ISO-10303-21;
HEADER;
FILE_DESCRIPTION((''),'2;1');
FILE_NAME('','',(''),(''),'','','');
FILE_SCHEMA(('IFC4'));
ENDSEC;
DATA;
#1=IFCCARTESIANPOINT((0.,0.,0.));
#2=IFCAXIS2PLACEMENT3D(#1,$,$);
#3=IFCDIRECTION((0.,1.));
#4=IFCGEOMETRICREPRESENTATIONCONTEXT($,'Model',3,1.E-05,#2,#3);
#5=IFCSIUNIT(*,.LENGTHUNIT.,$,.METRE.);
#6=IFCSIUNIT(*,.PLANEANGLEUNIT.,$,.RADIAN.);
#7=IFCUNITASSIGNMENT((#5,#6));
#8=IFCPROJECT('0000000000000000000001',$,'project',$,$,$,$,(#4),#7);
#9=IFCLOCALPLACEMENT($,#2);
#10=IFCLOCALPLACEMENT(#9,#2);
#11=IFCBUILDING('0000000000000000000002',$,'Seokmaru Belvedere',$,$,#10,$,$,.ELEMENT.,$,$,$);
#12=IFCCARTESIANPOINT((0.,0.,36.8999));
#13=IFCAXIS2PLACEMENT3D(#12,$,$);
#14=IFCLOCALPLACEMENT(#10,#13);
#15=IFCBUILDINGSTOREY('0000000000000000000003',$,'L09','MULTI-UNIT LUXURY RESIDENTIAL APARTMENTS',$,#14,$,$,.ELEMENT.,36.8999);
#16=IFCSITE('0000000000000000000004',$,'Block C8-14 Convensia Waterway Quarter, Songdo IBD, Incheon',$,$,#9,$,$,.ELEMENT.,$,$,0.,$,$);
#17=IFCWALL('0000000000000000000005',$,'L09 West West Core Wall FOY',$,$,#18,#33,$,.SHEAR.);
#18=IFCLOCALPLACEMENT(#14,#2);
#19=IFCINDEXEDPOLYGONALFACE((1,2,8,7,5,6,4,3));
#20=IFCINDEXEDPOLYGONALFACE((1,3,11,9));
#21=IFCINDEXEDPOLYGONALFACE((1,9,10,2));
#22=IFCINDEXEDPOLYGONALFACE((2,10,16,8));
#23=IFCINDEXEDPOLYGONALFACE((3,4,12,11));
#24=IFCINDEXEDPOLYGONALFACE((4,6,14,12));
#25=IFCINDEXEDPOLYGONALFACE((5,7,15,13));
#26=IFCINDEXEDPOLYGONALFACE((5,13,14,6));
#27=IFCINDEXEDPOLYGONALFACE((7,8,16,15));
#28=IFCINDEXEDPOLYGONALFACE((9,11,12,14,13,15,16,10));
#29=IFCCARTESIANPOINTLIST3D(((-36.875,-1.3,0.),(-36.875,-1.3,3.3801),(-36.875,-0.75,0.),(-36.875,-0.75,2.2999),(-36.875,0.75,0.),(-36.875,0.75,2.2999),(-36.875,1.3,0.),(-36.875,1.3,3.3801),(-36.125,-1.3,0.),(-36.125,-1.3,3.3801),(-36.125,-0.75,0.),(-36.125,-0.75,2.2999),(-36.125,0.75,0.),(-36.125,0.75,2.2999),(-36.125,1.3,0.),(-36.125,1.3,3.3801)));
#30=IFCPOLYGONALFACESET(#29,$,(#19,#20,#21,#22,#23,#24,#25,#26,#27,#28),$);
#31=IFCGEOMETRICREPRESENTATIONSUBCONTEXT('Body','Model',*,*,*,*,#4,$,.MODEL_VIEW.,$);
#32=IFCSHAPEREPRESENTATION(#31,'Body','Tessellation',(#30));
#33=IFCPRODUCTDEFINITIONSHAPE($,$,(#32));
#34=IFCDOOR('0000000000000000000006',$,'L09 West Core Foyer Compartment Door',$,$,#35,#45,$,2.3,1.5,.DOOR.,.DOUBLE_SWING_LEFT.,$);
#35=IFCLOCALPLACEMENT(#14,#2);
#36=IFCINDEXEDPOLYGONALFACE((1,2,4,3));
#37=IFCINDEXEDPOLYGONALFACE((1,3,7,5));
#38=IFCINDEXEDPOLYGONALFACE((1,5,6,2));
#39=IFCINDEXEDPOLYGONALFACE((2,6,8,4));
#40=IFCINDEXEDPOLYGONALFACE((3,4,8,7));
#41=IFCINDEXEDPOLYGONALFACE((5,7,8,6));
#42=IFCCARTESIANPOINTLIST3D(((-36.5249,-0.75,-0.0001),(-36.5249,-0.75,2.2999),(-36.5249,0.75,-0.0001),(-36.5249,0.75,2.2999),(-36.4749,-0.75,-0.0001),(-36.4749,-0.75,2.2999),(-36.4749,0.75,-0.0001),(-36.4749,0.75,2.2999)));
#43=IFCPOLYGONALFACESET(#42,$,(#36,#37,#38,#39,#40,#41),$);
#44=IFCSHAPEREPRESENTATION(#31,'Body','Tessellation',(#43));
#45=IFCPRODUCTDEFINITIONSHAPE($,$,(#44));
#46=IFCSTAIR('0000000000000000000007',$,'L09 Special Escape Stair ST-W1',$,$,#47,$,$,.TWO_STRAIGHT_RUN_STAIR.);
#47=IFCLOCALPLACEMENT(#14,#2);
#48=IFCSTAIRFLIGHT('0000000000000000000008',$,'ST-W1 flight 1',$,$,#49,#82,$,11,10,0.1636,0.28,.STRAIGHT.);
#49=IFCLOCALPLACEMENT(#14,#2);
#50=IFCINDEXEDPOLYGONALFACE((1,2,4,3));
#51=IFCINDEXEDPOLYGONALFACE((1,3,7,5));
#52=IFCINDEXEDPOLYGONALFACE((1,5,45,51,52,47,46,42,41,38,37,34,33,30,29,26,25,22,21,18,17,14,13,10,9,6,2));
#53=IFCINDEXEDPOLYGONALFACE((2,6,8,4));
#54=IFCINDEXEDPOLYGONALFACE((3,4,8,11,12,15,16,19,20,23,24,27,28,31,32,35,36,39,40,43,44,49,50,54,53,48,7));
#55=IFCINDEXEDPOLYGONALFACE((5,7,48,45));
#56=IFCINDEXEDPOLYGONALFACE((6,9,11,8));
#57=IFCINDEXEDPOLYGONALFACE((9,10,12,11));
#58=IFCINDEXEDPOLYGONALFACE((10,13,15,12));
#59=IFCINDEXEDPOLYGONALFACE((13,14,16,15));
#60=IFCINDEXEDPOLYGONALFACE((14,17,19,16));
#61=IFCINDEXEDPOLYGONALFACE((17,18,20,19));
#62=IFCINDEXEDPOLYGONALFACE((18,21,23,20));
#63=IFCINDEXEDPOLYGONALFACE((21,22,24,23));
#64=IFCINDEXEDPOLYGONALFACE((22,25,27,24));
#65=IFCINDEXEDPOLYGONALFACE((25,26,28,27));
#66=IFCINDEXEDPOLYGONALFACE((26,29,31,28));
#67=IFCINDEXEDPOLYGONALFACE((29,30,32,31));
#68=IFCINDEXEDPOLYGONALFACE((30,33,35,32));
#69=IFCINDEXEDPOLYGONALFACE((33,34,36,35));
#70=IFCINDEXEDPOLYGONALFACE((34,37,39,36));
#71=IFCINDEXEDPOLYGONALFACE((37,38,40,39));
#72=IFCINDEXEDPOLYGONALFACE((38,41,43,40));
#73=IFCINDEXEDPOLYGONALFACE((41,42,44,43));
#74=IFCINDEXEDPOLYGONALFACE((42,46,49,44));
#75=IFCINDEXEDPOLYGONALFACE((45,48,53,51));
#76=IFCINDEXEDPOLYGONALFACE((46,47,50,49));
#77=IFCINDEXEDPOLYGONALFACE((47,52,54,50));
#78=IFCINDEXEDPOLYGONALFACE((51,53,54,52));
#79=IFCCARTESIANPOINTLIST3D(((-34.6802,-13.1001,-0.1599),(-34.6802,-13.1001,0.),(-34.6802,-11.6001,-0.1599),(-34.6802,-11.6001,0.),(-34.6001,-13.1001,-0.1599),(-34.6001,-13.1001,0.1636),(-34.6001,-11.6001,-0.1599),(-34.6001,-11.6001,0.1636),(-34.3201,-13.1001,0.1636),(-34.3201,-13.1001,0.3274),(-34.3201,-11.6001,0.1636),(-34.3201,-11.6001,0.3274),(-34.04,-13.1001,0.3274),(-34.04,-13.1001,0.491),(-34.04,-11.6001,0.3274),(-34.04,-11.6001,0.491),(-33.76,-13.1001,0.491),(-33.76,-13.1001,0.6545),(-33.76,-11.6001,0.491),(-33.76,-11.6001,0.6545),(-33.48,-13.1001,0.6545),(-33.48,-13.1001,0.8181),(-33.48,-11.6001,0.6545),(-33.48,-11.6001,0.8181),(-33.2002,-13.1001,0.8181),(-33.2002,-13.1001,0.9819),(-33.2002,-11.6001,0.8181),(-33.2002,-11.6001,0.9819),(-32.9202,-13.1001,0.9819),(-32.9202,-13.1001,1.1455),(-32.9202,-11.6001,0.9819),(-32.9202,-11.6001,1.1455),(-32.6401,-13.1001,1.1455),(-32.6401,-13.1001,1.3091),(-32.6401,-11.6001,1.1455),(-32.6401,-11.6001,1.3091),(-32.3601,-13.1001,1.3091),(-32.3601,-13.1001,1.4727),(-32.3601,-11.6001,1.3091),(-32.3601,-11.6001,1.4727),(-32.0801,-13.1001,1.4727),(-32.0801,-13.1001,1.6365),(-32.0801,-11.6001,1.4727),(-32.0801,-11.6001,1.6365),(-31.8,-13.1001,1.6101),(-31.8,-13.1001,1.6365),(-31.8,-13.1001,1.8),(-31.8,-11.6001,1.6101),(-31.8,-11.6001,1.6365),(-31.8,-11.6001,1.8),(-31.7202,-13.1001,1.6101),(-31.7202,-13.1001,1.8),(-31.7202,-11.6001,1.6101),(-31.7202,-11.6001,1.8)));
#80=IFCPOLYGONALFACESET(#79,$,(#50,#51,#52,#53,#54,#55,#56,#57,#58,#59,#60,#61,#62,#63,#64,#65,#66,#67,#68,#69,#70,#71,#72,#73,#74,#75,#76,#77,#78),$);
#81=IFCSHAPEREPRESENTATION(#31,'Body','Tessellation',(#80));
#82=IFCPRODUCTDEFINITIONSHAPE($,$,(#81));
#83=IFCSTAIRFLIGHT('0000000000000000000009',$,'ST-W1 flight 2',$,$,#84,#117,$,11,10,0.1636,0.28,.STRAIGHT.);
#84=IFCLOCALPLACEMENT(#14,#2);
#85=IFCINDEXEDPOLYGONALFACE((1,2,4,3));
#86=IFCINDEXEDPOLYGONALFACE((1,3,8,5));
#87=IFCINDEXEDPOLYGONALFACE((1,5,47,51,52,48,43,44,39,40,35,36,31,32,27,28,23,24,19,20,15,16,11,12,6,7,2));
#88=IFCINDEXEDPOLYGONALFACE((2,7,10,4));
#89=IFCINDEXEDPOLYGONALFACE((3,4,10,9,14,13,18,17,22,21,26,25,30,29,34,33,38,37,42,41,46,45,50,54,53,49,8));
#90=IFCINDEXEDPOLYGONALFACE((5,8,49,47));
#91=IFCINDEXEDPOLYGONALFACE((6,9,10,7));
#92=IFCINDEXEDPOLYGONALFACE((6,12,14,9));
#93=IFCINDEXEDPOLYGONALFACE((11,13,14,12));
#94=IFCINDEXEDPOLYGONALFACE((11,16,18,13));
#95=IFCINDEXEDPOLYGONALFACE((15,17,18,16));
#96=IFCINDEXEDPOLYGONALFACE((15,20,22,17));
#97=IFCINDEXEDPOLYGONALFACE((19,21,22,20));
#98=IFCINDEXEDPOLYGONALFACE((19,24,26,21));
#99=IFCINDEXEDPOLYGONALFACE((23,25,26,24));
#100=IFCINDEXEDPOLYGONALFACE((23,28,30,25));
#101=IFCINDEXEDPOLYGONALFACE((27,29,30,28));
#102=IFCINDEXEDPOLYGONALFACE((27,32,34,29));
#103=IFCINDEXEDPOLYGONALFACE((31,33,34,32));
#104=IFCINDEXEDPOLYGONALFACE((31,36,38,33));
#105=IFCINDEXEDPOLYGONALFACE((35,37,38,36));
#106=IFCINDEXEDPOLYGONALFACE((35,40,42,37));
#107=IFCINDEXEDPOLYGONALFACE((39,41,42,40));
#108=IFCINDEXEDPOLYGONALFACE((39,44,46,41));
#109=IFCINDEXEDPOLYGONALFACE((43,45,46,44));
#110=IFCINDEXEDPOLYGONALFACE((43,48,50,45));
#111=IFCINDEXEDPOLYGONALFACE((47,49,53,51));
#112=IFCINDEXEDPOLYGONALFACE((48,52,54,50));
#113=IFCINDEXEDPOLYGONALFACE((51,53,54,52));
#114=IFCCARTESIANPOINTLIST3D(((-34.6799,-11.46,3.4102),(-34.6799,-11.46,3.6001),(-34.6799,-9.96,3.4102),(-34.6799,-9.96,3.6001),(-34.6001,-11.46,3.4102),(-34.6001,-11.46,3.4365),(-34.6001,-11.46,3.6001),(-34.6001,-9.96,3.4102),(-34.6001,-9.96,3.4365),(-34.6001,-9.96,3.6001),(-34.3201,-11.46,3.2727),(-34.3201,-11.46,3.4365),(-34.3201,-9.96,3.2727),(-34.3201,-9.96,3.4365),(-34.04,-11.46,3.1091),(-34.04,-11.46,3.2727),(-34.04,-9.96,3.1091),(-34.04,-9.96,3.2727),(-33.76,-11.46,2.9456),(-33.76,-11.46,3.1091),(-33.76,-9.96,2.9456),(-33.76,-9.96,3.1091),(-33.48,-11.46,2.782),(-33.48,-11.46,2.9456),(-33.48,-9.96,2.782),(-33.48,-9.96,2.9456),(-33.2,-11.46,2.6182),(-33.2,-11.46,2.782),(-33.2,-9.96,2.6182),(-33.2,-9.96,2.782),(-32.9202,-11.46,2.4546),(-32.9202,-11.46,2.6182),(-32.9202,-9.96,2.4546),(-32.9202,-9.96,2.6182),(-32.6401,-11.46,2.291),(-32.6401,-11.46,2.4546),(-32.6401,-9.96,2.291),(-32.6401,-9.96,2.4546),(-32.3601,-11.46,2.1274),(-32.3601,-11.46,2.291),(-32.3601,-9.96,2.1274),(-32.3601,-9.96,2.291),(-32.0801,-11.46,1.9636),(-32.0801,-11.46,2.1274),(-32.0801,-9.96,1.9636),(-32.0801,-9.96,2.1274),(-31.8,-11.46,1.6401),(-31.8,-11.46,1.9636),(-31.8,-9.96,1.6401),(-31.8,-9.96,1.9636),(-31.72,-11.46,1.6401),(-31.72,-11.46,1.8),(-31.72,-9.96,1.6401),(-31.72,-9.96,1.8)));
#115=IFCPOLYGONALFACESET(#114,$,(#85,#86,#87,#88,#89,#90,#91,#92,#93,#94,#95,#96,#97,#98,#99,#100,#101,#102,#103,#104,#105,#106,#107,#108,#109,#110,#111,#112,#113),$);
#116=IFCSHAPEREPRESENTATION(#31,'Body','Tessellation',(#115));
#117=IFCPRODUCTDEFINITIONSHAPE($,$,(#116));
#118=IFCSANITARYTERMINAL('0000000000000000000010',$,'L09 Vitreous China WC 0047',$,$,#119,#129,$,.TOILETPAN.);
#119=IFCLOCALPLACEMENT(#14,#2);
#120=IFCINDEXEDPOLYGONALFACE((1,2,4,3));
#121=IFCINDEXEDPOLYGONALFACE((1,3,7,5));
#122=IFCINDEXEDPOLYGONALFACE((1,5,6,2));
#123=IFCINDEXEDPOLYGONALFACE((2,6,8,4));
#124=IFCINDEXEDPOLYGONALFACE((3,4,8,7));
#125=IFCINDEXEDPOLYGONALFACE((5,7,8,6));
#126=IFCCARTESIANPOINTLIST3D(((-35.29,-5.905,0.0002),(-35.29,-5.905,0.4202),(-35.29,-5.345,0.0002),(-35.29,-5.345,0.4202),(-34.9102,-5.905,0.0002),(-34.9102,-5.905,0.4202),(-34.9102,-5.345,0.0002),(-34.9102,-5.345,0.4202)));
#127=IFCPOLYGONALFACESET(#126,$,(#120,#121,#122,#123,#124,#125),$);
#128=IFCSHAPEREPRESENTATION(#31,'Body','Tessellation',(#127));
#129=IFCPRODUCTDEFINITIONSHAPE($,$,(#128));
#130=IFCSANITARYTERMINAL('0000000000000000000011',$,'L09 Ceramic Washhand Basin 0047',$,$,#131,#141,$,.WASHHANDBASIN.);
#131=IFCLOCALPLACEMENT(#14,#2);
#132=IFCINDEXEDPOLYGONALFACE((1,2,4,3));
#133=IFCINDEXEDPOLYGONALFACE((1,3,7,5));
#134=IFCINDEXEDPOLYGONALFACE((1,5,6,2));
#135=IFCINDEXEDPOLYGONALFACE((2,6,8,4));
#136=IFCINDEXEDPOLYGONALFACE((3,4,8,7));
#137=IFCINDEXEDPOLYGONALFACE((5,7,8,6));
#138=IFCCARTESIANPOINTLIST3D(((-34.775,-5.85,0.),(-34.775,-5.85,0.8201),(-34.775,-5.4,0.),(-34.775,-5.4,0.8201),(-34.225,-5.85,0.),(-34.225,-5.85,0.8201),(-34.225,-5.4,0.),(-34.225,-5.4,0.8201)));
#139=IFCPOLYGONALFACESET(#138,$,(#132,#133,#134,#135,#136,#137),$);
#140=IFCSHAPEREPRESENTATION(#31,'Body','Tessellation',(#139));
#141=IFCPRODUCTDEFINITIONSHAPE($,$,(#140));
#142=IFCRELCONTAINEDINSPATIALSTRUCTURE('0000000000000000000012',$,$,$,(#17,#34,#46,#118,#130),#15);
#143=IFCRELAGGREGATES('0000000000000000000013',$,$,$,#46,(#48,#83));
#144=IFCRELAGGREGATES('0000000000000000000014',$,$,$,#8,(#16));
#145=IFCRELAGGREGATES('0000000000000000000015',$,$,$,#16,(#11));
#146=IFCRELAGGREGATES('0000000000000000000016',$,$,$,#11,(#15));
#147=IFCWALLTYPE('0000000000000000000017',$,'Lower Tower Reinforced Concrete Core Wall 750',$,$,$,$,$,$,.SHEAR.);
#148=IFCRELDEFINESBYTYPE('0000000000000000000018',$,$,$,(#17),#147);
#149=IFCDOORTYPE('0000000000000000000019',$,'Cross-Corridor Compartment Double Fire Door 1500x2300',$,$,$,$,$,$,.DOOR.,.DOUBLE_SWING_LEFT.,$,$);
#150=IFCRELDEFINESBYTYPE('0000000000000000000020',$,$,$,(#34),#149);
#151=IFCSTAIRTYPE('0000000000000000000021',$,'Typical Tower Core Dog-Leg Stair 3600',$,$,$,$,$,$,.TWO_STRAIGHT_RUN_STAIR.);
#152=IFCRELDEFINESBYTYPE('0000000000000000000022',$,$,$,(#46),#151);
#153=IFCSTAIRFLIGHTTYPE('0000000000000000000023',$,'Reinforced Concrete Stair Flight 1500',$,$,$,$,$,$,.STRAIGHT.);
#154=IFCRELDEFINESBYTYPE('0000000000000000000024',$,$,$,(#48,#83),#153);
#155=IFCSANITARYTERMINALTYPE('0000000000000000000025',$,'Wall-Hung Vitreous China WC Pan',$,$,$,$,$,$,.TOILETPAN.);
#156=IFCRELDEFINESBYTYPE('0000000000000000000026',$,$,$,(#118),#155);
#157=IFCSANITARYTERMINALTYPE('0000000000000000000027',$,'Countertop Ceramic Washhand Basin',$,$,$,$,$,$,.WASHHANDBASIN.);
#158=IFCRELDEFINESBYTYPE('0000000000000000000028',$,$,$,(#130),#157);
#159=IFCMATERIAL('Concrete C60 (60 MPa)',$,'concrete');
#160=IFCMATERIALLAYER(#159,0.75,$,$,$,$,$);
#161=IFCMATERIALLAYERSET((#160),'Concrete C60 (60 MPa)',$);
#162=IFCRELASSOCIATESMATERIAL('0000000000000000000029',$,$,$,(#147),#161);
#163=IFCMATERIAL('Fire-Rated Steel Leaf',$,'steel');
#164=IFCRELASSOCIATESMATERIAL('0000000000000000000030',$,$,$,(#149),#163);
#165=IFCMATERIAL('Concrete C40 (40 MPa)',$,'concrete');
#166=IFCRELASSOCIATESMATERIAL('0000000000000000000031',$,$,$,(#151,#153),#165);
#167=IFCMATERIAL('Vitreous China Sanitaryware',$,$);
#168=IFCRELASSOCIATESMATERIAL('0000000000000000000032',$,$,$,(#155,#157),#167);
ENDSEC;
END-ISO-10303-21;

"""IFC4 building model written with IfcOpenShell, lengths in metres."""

from ifc_helpers import new_model, si_unit, direction, frame, frame_2d, origin, origin_2d, place, context, subcontext, project, spatial, polyline, rectangle, outline, extrude, source, transform, mapped, material, layer, layer_set, type_object, type_shapes, element, fill, aggregate, save


model = new_model("IFC4")

# Units and contexts
model_context = context("Model", 3, precision=1e-05, world=origin(), true_north=direction((0.0, 1.0)))
body_context = subcontext(model_context, "Body", "Model", "MODEL_VIEW")
ifc_project = project(units=[si_unit("LENGTHUNIT", "METRE"), si_unit("PLANEANGLEUNIT", "RADIAN")], contexts=[model_context])

# Site, building, storey
site_placement = place(None, origin())
site = spatial("IfcSite", under=ifc_project, at=site_placement, Name="Block C8-14 Convensia Waterway Quarter, Songdo IBD, Incheon", CompositionType="ELEMENT", RefElevation=0.0)
building_placement = place(site_placement, origin())
building = spatial("IfcBuilding", under=site, at=building_placement, Name="Seokmaru Belvedere", CompositionType="ELEMENT")
storey_placement = place(building_placement, frame((0.0, 0.0, 36.8999)))
storey = spatial("IfcBuildingStorey", under=building, at=storey_placement, Name="L09", Description="MULTI-UNIT LUXURY RESIDENTIAL APARTMENTS", CompositionType="ELEMENT", Elevation=36.8999)

# Shared definitions
ifc_material_1 = material(Name="Fire-Rated Steel Leaf", Category="steel")

# Wall, opening, door
ifc_material_2 = material(Name="Concrete C60 (60 MPa)", Category="concrete")
ifc_layer_1 = layer(ifc_material_2, 0.75)
ifc_layer_set_1 = layer_set([ifc_layer_1], Name="Concrete C60 (60 MPa)")
wall_type_1 = type_object("IfcWallType", Name="Lower Tower Reinforced Concrete Core Wall 750", PredefinedType="SHEAR", material=ifc_layer_set_1)
wall_1_placement = place(storey_placement, frame((-36.5, -1.3, 0.0), z_axis=(0.0, 0.0, 1.0), x_axis=(0.0, 1.0, 0.0)))
wall_1 = element("IfcWall", 1, at=wall_1_placement, inside=storey, type_object=wall_type_1, Name="L09 West West Core Wall FOY", PredefinedType="SHEAR", context=body_context, shape_type="SweptSolid", body=[
    extrude(rectangle(XDim=2.6001, YDim=0.75, at=frame_2d((1.3, 0.0))), origin(), (0.0, 0.0, 1.0), 3.3801),
])
opening_1_placement = place(wall_1_placement, frame((0.55, 0.0, 0.0)))
opening_1 = element("IfcOpeningElement", 2, at=opening_1_placement, cuts=wall_1, PredefinedType="OPENING", context=body_context, shape_type="SweptSolid", body=[
    extrude(rectangle(XDim=1.5, YDim=2.3, at=frame_2d((0.75, 1.1499))), frame((0.0, 0.385, 0.0), z_axis=(0.0, -1.0, 0.0), x_axis=(1.0, 0.0, 0.0)), (0.0, 0.0, 1.0), 0.77),
])
door_type_1 = type_object("IfcDoorType", Name="Cross-Corridor Compartment Double Fire Door 1500x2300", OperationType="DOUBLE_SWING_LEFT", PredefinedType="DOOR", material=ifc_material_1)
shared_shape_1 = source(origin(), body_context, "Body", "SweptSolid", [
    extrude(rectangle(XDim=1.5, YDim=2.3, at=frame_2d((0.75, 1.1499))), frame((0.0, 0.0249, 0.0), z_axis=(0.0, -1.0, 0.0), x_axis=(1.0, 0.0, 0.0)), (0.0, 0.0, 1.0), 0.05),
])
type_shapes(door_type_1, [shared_shape_1])
door_1_placement = place(opening_1_placement, origin())
door_1 = element("IfcDoor", 3, at=door_1_placement, inside=storey, type_object=door_type_1, Name="L09 West Core Foyer Compartment Door", OperationType="DOUBLE_SWING_LEFT", OverallHeight=2.3, OverallWidth=1.5, PredefinedType="DOOR", context=body_context, shape_type="MappedRepresentation", body=[
    mapped(shared_shape_1, transform((0.0, 0.0, 0.0), scale=1.0)),
])
fill(opening_1, door_1)

# Stair, stair flights
ifc_material_3 = material(Name="Concrete C40 (40 MPa)", Category="concrete")
stair_type = type_object("IfcStairType", Name="Typical Tower Core Dog-Leg Stair 3600", PredefinedType="TWO_STRAIGHT_RUN_STAIR", material=ifc_material_3)
stair_placement = place(storey_placement, origin())
stair = element("IfcStair", 4, at=stair_placement, inside=storey, type_object=stair_type, Name="L09 Special Escape Stair ST-W1", PredefinedType="TWO_STRAIGHT_RUN_STAIR")
stair_flight_type = type_object("IfcStairFlightType", Name="Reinforced Concrete Stair Flight 1500", PredefinedType="STRAIGHT", material=ifc_material_3)
stair_flight_1_placement = place(storey_placement, frame((-34.6001, -12.3501, 0.0), z_axis=(0.0, 0.0, 1.0), x_axis=(1.0, 0.0, 0.0)))
stair_flight_1 = element("IfcStairFlight", 5, at=stair_flight_1_placement, type_object=stair_flight_type, Name="ST-W1 flight 1", NumberOfRisers=11, NumberOfTreads=10, PredefinedType="STRAIGHT", RiserHeight=0.1636, TreadLength=0.28, context=body_context, shape_type="SweptSolid", body=[
    extrude(outline(polyline([(-0.0801, 0.0), (0.0, 0.1636), (0.28, 0.1636), (0.28, 0.3274), (0.5601, 0.3274), (0.5601, 0.491), (0.8401, 0.491), (0.8401, 0.6545), (1.1201, 0.6545), (1.1201, 0.8181), (1.3999, 0.8181), (1.3999, 0.9819), (1.6799, 0.9819), (1.6799, 1.1455), (1.96, 1.1455), (1.96, 1.3091), (2.24, 1.3091), (2.24, 1.4727), (2.52, 1.4727), (2.52, 1.6365), (2.8, 1.6365), (2.8, 1.8), (2.8799, 1.8), (2.8799, 1.6101), (2.8, 1.6101), (0.0, -0.1599), (-0.0801, -0.1599), (-0.0801, 0.0)])), frame((0.0, 0.75, 0.0), z_axis=(0.0, -1.0, 0.0), x_axis=(1.0, 0.0, 0.0)), (0.0, 0.0, 1.0), 1.5),
])
stair_flight_2_placement = place(storey_placement, frame((-31.8, -10.71, 1.8), z_axis=(0.0, 0.0, 1.0), x_axis=(-1.0, 0.0, 0.0)))
stair_flight_2 = element("IfcStairFlight", 6, at=stair_flight_2_placement, type_object=stair_flight_type, Name="ST-W1 flight 2", NumberOfRisers=11, NumberOfTreads=10, PredefinedType="STRAIGHT", RiserHeight=0.1636, TreadLength=0.28, context=body_context, shape_type="SweptSolid", body=[
    extrude(outline(polyline([(-0.0801, 0.0), (0.0, 0.1636), (0.28, 0.1636), (0.28, 0.3274), (0.5601, 0.3274), (0.5601, 0.491), (0.8401, 0.491), (0.8401, 0.6545), (1.1201, 0.6545), (1.1201, 0.8181), (1.3999, 0.8181), (1.3999, 0.9819), (1.6799, 0.9819), (1.6799, 1.1455), (1.96, 1.1455), (1.96, 1.3091), (2.24, 1.3091), (2.24, 1.4727), (2.52, 1.4727), (2.52, 1.6365), (2.8, 1.6365), (2.8, 1.8), (2.8799, 1.8), (2.8799, 1.6101), (2.8, 1.6101), (0.0, -0.1599), (-0.0801, -0.1599), (-0.0801, 0.0)])), frame((0.0, 0.75, 0.0), z_axis=(0.0, -1.0, 0.0), x_axis=(1.0, 0.0, 0.0)), (0.0, 0.0, 1.0), 1.5),
])
aggregate(stair, [stair_flight_1, stair_flight_2])

# Sanitary terminals
ifc_material_4 = material(Name="Vitreous China Sanitaryware")
sanitary_terminal_type_1 = type_object("IfcSanitaryTerminalType", Name="Wall-Hung Vitreous China WC Pan", PredefinedType="TOILETPAN", material=ifc_material_4)
shared_shape_2 = source(origin(), body_context, "Body", "SweptSolid", [
    extrude(rectangle(XDim=0.3799, YDim=0.5601, at=origin_2d()), origin(), (0.0, 0.0, 1.0), 0.4199),
])
type_shapes(sanitary_terminal_type_1, [shared_shape_2])
sanitary_terminal_1_placement = place(storey_placement, frame((-35.1001, -5.625, 0.0002), z_axis=(0.0, 0.0, 1.0), x_axis=(1.0, 0.0, 0.0)))
element("IfcSanitaryTerminal", 7, at=sanitary_terminal_1_placement, inside=storey, type_object=sanitary_terminal_type_1, Name="L09 Vitreous China WC 0047", PredefinedType="TOILETPAN", context=body_context, shape_type="MappedRepresentation", body=[
    mapped(shared_shape_2, transform((0.0, 0.0, 0.0), scale=1.0)),
])
sanitary_terminal_type_2 = type_object("IfcSanitaryTerminalType", Name="Countertop Ceramic Washhand Basin", PredefinedType="WASHHANDBASIN", material=ifc_material_4)
shared_shape_3 = source(origin(), body_context, "Body", "SweptSolid", [
    extrude(rectangle(XDim=0.55, YDim=0.45, at=origin_2d()), origin(), (0.0, 0.0, 1.0), 0.8201),
])
type_shapes(sanitary_terminal_type_2, [shared_shape_3])
sanitary_terminal_2_placement = place(storey_placement, frame((-34.5, -5.625, 0.0), z_axis=(0.0, 0.0, 1.0), x_axis=(1.0, 0.0, 0.0)))
element("IfcSanitaryTerminal", 8, at=sanitary_terminal_2_placement, inside=storey, type_object=sanitary_terminal_type_2, Name="L09 Ceramic Washhand Basin 0047", PredefinedType="WASHHANDBASIN", context=body_context, shape_type="MappedRepresentation", body=[
    mapped(shared_shape_3, transform((0.0, 0.0, 0.0), scale=1.0)),
])

save(model, "model.ifc")
